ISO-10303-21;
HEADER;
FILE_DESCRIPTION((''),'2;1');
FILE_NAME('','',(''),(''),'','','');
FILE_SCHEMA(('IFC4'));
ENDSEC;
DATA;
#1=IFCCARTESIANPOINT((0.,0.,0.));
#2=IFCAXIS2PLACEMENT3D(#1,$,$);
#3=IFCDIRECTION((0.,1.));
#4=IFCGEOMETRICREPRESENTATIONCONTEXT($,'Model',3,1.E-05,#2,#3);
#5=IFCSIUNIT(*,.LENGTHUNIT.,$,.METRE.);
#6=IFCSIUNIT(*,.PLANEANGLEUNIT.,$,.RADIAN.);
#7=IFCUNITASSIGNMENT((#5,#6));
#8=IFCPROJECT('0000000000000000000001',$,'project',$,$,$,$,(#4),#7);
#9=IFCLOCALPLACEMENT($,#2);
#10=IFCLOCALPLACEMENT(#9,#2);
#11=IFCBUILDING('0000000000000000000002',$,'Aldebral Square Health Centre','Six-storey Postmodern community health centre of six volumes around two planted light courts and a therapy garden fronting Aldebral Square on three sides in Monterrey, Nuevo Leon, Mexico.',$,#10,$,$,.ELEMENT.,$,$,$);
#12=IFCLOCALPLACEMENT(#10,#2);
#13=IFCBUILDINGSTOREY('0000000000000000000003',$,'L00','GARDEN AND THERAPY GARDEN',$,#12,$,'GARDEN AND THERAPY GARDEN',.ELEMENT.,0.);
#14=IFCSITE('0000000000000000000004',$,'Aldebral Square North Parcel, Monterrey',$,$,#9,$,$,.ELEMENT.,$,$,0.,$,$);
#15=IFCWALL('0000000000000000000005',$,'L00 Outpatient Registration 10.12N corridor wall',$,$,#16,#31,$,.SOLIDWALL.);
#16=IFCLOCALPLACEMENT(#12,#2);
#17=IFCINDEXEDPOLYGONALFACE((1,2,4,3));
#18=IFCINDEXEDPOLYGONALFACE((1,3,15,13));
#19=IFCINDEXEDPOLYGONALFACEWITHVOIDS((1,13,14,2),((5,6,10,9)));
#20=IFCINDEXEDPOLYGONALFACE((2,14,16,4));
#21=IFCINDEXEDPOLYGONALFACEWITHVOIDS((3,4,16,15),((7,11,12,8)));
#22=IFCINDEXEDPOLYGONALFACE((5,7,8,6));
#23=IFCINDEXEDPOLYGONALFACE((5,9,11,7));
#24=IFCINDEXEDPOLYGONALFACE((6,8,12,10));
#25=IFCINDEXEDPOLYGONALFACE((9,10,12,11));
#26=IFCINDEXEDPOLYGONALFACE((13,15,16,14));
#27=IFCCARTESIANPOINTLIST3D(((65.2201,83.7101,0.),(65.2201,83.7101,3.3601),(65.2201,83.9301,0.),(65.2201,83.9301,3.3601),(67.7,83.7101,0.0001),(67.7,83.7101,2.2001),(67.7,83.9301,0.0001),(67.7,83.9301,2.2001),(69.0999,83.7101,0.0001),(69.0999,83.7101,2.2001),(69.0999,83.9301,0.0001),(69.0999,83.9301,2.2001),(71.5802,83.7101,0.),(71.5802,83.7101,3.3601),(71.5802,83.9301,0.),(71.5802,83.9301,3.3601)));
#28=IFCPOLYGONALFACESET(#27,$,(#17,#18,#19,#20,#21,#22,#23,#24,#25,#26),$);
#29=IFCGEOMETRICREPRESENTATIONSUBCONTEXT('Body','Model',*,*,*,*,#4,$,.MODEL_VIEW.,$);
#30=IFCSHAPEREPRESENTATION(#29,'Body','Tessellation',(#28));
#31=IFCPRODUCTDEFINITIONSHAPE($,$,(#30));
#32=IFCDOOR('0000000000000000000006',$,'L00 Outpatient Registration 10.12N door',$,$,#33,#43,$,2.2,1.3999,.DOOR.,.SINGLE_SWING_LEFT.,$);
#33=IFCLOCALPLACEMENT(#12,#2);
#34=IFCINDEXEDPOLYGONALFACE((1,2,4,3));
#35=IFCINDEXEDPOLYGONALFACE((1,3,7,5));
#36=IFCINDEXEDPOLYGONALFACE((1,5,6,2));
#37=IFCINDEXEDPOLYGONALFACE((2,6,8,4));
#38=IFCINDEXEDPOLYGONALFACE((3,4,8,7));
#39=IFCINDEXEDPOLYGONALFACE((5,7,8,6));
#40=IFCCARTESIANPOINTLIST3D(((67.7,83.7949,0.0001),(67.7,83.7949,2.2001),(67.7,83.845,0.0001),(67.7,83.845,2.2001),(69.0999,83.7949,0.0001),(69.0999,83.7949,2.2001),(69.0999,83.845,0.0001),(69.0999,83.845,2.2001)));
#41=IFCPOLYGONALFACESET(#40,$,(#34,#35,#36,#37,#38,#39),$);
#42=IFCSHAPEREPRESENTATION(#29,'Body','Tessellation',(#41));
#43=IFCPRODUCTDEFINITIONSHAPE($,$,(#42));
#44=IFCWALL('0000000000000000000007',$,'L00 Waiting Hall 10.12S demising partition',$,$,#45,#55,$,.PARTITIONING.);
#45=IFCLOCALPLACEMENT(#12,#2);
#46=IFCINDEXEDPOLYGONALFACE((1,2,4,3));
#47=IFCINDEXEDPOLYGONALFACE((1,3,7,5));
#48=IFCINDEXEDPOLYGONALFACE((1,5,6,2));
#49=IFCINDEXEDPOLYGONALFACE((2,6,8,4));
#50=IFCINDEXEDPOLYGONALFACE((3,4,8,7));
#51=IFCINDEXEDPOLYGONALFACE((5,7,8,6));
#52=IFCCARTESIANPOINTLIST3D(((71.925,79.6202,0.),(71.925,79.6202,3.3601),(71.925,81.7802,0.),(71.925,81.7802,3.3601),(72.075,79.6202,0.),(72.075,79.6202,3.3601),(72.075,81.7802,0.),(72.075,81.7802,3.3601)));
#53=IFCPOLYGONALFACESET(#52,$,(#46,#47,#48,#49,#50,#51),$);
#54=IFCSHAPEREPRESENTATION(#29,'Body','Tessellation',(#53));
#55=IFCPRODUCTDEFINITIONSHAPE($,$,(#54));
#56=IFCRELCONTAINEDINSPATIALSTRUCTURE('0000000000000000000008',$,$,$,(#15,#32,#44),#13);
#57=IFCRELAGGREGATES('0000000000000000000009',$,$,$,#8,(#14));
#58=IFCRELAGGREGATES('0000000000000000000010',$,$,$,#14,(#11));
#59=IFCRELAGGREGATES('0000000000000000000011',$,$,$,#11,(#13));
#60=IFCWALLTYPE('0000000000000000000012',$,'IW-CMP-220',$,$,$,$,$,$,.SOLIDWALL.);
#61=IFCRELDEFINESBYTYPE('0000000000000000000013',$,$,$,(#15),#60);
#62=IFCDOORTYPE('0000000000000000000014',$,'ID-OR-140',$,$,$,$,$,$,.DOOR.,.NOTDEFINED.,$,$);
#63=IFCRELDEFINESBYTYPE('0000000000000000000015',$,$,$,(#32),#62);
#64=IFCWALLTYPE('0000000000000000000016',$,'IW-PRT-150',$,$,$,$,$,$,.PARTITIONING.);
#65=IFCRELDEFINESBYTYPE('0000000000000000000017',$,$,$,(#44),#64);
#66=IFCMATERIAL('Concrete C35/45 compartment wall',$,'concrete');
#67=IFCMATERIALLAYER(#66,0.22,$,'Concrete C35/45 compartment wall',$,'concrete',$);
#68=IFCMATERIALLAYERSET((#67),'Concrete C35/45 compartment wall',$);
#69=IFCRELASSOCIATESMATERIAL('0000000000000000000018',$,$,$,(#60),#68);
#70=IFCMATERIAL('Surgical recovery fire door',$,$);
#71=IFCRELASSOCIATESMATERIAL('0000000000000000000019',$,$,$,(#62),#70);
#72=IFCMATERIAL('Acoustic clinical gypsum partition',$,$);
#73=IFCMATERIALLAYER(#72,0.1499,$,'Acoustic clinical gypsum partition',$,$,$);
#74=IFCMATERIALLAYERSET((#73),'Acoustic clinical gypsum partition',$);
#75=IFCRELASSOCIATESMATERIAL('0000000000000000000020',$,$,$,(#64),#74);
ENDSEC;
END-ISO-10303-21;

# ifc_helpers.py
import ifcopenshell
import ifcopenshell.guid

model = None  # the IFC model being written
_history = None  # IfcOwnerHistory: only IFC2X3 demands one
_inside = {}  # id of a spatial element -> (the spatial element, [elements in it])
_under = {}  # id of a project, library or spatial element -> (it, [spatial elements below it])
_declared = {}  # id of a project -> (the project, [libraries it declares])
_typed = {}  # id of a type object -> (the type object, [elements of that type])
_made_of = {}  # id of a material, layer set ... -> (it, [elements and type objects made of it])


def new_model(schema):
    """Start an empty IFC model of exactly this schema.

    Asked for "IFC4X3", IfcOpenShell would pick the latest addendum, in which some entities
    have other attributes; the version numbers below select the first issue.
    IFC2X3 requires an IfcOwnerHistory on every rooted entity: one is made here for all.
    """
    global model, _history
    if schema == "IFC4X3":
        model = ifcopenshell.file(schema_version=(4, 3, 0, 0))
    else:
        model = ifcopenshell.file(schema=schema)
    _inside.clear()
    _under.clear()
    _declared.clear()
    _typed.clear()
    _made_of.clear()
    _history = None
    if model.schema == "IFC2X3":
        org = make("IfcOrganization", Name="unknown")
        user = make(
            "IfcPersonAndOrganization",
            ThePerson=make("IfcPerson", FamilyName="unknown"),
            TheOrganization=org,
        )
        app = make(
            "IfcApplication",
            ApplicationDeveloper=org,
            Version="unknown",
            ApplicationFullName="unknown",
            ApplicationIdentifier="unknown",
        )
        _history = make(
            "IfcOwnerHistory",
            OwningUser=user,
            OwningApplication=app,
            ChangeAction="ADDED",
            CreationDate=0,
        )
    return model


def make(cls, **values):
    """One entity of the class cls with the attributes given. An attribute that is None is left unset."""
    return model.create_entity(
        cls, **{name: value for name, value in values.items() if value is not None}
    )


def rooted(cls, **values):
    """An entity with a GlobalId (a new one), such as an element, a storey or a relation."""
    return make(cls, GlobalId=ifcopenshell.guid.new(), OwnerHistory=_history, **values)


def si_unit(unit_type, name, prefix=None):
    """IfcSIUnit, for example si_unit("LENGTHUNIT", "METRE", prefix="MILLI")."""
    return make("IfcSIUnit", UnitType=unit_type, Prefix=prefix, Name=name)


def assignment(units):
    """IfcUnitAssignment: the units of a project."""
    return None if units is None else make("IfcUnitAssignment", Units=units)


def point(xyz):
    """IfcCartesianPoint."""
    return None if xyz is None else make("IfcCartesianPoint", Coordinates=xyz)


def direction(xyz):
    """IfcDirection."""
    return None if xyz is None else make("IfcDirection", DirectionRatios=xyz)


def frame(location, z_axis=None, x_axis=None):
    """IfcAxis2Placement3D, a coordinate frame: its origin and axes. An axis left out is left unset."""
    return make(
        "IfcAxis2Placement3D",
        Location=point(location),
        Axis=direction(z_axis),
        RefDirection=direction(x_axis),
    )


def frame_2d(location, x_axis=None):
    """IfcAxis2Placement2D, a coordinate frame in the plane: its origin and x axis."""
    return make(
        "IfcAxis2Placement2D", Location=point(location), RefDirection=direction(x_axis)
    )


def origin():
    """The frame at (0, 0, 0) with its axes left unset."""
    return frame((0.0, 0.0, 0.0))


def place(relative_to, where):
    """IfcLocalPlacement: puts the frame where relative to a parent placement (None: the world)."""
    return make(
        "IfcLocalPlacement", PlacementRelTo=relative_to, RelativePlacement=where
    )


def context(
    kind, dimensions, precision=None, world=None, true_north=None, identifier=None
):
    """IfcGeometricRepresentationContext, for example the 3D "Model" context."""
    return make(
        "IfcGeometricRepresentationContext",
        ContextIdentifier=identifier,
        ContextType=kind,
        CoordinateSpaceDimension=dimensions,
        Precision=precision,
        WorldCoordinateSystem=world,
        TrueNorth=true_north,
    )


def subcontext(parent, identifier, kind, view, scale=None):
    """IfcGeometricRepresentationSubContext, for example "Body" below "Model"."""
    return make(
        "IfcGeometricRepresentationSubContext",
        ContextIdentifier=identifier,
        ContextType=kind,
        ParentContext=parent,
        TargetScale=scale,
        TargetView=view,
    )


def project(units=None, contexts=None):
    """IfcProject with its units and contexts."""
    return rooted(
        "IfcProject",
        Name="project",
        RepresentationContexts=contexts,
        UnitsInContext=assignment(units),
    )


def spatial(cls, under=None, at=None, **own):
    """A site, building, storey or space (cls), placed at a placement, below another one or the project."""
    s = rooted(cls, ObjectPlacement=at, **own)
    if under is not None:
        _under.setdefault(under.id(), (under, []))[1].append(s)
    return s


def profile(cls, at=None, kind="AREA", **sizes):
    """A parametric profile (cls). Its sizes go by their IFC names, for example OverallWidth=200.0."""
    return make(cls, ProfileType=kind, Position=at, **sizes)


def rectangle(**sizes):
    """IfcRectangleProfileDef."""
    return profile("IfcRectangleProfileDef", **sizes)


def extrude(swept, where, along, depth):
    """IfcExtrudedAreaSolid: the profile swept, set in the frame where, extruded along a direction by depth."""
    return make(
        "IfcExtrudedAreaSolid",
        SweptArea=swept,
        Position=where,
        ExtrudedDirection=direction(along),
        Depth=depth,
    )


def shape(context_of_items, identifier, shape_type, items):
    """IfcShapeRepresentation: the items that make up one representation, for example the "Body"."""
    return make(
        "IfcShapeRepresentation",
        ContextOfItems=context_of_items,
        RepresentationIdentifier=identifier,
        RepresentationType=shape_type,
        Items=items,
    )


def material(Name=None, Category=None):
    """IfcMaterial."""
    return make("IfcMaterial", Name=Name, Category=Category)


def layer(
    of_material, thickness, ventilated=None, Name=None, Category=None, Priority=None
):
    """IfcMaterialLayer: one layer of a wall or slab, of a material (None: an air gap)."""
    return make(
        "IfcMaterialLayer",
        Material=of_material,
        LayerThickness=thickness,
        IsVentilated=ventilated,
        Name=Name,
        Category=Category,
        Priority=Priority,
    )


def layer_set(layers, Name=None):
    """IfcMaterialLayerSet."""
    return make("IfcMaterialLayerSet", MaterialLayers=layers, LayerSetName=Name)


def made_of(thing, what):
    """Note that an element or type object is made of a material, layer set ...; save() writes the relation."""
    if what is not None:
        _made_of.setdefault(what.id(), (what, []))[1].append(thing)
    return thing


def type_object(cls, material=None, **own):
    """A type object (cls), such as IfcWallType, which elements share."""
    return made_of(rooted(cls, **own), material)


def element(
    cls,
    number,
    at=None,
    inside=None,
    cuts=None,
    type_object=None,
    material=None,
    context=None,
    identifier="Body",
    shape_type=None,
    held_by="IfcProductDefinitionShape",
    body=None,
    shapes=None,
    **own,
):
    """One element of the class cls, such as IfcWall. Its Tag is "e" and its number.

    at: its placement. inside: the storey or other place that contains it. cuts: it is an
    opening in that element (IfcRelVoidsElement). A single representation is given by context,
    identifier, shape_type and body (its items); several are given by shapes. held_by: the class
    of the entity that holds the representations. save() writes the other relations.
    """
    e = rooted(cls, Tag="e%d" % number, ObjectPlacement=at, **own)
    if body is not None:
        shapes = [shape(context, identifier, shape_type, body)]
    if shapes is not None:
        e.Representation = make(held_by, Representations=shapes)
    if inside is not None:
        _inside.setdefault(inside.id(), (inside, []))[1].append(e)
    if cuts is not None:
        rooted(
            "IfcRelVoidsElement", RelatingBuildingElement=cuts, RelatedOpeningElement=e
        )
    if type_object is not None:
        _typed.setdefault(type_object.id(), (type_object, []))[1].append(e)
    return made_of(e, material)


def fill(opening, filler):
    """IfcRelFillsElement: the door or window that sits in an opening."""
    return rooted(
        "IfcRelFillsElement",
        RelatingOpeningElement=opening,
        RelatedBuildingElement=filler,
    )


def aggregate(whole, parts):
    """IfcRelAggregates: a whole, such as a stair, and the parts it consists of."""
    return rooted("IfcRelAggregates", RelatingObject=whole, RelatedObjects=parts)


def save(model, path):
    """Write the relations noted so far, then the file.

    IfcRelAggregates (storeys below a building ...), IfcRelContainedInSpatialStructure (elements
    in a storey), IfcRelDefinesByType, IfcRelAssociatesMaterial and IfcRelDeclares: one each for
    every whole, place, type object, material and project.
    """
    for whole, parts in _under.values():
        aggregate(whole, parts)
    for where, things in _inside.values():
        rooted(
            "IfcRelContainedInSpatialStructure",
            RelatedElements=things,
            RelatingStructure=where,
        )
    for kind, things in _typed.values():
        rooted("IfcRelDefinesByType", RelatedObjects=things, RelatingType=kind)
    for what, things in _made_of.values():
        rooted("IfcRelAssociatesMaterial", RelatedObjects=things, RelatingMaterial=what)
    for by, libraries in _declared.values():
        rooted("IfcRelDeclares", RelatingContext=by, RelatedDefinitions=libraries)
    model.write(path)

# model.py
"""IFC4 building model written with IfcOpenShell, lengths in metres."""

from ifc_helpers import new_model, si_unit, direction, frame, frame_2d, origin, place, context, subcontext, project, spatial, rectangle, extrude, material, layer, layer_set, type_object, element, fill, save


model = new_model("IFC4")

# Units and contexts
model_context = context("Model", 3, precision=1e-05, world=origin(), true_north=direction((0.0, 1.0)))
body_context = subcontext(model_context, "Body", "Model", "MODEL_VIEW")
ifc_project = project(units=[si_unit("LENGTHUNIT", "METRE"), si_unit("PLANEANGLEUNIT", "RADIAN")], contexts=[model_context])

# Site, building, storey
site_placement = place(None, origin())
site = spatial("IfcSite", under=ifc_project, at=site_placement, Name="Aldebral Square North Parcel, Monterrey", CompositionType="ELEMENT", RefElevation=0.0)
building_placement = place(site_placement, origin())
building = spatial("IfcBuilding", under=site, at=building_placement, Name="Aldebral Square Health Centre", Description="Six-storey Postmodern community health centre of six volumes around two planted light courts and a therapy garden fronting Aldebral Square on three sides in Monterrey, Nuevo Leon, Mexico.", CompositionType="ELEMENT")
storey_placement = place(building_placement, origin())
storey = spatial("IfcBuildingStorey", under=building, at=storey_placement, Name="L00", Description="GARDEN AND THERAPY GARDEN", LongName="GARDEN AND THERAPY GARDEN", CompositionType="ELEMENT", Elevation=0.0)

# Wall, opening, door
ifc_material_1 = material(Name="Concrete C35/45 compartment wall", Category="concrete")
ifc_layer_1 = layer(ifc_material_1, 0.22, Name="Concrete C35/45 compartment wall", Category="concrete")
ifc_layer_set_1 = layer_set([ifc_layer_1], Name="Concrete C35/45 compartment wall")
wall_type_1 = type_object("IfcWallType", Name="IW-CMP-220", PredefinedType="SOLIDWALL", material=ifc_layer_set_1)
wall_1_placement = place(storey_placement, frame((65.22, 83.8201, 0.0), z_axis=(0.0, 0.0, 1.0), x_axis=(1.0, 0.0, 0.0)))
wall_1 = element("IfcWall", 1, at=wall_1_placement, inside=storey, type_object=wall_type_1, Name="L00 Outpatient Registration 10.12N corridor wall", PredefinedType="SOLIDWALL", context=body_context, shape_type="SweptSolid", body=[
    extrude(rectangle(XDim=6.3601, YDim=0.22, at=frame_2d((3.1802, 0.0))), origin(), (0.0, 0.0, 1.0), 3.3601),
])
opening_1_placement = place(wall_1_placement, frame((2.48, 0.0, 0.0)))
opening_1 = element("IfcOpeningElement", 2, at=opening_1_placement, cuts=wall_1, PredefinedType="OPENING", context=body_context, shape_type="SweptSolid", body=[
    extrude(rectangle(XDim=1.3999, YDim=2.2, at=frame_2d((0.7, 1.1001))), frame((0.0, 0.1201, 0.0), z_axis=(0.0, -1.0, 0.0), x_axis=(1.0, 0.0, 0.0)), (0.0, 0.0, 1.0), 0.24),
])
ifc_material_2 = material(Name="Surgical recovery fire door")
door_type_1 = type_object("IfcDoorType", Name="ID-OR-140", OperationType="NOTDEFINED", PredefinedType="DOOR", material=ifc_material_2)
door_1_placement = place(opening_1_placement, origin())
door_1 = element("IfcDoor", 3, at=door_1_placement, inside=storey, type_object=door_type_1, Name="L00 Outpatient Registration 10.12N door", OperationType="SINGLE_SWING_LEFT", OverallHeight=2.2, OverallWidth=1.3999, PredefinedType="DOOR", context=body_context, shape_type="SweptSolid", body=[
    extrude(rectangle(XDim=1.3999, YDim=2.2, at=frame_2d((0.7, 1.1001))), frame((0.0, 0.0249, 0.0), z_axis=(0.0, -1.0, 0.0), x_axis=(1.0, 0.0, 0.0)), (0.0, 0.0, 1.0), 0.05),
])
fill(opening_1, door_1)

# Wall
ifc_material_3 = material(Name="Acoustic clinical gypsum partition")
ifc_layer_2 = layer(ifc_material_3, 0.1499, Name="Acoustic clinical gypsum partition")
ifc_layer_set_2 = layer_set([ifc_layer_2], Name="Acoustic clinical gypsum partition")
wall_type_2 = type_object("IfcWallType", Name="IW-PRT-150", PredefinedType="PARTITIONING", material=ifc_layer_set_2)
wall_2_placement = place(storey_placement, frame((72.0, 79.6201, 0.0), z_axis=(0.0, 0.0, 1.0), x_axis=(0.0, 1.0, 0.0)))
element("IfcWall", 4, at=wall_2_placement, inside=storey, type_object=wall_type_2, Name="L00 Waiting Hall 10.12S demising partition", PredefinedType="PARTITIONING", context=body_context, shape_type="SweptSolid", body=[
    extrude(rectangle(XDim=2.1599, YDim=0.1499, at=frame_2d((1.0801, 0.0))), origin(), (0.0, 0.0, 1.0), 3.3601),
])

save(model, "model.ifc")
